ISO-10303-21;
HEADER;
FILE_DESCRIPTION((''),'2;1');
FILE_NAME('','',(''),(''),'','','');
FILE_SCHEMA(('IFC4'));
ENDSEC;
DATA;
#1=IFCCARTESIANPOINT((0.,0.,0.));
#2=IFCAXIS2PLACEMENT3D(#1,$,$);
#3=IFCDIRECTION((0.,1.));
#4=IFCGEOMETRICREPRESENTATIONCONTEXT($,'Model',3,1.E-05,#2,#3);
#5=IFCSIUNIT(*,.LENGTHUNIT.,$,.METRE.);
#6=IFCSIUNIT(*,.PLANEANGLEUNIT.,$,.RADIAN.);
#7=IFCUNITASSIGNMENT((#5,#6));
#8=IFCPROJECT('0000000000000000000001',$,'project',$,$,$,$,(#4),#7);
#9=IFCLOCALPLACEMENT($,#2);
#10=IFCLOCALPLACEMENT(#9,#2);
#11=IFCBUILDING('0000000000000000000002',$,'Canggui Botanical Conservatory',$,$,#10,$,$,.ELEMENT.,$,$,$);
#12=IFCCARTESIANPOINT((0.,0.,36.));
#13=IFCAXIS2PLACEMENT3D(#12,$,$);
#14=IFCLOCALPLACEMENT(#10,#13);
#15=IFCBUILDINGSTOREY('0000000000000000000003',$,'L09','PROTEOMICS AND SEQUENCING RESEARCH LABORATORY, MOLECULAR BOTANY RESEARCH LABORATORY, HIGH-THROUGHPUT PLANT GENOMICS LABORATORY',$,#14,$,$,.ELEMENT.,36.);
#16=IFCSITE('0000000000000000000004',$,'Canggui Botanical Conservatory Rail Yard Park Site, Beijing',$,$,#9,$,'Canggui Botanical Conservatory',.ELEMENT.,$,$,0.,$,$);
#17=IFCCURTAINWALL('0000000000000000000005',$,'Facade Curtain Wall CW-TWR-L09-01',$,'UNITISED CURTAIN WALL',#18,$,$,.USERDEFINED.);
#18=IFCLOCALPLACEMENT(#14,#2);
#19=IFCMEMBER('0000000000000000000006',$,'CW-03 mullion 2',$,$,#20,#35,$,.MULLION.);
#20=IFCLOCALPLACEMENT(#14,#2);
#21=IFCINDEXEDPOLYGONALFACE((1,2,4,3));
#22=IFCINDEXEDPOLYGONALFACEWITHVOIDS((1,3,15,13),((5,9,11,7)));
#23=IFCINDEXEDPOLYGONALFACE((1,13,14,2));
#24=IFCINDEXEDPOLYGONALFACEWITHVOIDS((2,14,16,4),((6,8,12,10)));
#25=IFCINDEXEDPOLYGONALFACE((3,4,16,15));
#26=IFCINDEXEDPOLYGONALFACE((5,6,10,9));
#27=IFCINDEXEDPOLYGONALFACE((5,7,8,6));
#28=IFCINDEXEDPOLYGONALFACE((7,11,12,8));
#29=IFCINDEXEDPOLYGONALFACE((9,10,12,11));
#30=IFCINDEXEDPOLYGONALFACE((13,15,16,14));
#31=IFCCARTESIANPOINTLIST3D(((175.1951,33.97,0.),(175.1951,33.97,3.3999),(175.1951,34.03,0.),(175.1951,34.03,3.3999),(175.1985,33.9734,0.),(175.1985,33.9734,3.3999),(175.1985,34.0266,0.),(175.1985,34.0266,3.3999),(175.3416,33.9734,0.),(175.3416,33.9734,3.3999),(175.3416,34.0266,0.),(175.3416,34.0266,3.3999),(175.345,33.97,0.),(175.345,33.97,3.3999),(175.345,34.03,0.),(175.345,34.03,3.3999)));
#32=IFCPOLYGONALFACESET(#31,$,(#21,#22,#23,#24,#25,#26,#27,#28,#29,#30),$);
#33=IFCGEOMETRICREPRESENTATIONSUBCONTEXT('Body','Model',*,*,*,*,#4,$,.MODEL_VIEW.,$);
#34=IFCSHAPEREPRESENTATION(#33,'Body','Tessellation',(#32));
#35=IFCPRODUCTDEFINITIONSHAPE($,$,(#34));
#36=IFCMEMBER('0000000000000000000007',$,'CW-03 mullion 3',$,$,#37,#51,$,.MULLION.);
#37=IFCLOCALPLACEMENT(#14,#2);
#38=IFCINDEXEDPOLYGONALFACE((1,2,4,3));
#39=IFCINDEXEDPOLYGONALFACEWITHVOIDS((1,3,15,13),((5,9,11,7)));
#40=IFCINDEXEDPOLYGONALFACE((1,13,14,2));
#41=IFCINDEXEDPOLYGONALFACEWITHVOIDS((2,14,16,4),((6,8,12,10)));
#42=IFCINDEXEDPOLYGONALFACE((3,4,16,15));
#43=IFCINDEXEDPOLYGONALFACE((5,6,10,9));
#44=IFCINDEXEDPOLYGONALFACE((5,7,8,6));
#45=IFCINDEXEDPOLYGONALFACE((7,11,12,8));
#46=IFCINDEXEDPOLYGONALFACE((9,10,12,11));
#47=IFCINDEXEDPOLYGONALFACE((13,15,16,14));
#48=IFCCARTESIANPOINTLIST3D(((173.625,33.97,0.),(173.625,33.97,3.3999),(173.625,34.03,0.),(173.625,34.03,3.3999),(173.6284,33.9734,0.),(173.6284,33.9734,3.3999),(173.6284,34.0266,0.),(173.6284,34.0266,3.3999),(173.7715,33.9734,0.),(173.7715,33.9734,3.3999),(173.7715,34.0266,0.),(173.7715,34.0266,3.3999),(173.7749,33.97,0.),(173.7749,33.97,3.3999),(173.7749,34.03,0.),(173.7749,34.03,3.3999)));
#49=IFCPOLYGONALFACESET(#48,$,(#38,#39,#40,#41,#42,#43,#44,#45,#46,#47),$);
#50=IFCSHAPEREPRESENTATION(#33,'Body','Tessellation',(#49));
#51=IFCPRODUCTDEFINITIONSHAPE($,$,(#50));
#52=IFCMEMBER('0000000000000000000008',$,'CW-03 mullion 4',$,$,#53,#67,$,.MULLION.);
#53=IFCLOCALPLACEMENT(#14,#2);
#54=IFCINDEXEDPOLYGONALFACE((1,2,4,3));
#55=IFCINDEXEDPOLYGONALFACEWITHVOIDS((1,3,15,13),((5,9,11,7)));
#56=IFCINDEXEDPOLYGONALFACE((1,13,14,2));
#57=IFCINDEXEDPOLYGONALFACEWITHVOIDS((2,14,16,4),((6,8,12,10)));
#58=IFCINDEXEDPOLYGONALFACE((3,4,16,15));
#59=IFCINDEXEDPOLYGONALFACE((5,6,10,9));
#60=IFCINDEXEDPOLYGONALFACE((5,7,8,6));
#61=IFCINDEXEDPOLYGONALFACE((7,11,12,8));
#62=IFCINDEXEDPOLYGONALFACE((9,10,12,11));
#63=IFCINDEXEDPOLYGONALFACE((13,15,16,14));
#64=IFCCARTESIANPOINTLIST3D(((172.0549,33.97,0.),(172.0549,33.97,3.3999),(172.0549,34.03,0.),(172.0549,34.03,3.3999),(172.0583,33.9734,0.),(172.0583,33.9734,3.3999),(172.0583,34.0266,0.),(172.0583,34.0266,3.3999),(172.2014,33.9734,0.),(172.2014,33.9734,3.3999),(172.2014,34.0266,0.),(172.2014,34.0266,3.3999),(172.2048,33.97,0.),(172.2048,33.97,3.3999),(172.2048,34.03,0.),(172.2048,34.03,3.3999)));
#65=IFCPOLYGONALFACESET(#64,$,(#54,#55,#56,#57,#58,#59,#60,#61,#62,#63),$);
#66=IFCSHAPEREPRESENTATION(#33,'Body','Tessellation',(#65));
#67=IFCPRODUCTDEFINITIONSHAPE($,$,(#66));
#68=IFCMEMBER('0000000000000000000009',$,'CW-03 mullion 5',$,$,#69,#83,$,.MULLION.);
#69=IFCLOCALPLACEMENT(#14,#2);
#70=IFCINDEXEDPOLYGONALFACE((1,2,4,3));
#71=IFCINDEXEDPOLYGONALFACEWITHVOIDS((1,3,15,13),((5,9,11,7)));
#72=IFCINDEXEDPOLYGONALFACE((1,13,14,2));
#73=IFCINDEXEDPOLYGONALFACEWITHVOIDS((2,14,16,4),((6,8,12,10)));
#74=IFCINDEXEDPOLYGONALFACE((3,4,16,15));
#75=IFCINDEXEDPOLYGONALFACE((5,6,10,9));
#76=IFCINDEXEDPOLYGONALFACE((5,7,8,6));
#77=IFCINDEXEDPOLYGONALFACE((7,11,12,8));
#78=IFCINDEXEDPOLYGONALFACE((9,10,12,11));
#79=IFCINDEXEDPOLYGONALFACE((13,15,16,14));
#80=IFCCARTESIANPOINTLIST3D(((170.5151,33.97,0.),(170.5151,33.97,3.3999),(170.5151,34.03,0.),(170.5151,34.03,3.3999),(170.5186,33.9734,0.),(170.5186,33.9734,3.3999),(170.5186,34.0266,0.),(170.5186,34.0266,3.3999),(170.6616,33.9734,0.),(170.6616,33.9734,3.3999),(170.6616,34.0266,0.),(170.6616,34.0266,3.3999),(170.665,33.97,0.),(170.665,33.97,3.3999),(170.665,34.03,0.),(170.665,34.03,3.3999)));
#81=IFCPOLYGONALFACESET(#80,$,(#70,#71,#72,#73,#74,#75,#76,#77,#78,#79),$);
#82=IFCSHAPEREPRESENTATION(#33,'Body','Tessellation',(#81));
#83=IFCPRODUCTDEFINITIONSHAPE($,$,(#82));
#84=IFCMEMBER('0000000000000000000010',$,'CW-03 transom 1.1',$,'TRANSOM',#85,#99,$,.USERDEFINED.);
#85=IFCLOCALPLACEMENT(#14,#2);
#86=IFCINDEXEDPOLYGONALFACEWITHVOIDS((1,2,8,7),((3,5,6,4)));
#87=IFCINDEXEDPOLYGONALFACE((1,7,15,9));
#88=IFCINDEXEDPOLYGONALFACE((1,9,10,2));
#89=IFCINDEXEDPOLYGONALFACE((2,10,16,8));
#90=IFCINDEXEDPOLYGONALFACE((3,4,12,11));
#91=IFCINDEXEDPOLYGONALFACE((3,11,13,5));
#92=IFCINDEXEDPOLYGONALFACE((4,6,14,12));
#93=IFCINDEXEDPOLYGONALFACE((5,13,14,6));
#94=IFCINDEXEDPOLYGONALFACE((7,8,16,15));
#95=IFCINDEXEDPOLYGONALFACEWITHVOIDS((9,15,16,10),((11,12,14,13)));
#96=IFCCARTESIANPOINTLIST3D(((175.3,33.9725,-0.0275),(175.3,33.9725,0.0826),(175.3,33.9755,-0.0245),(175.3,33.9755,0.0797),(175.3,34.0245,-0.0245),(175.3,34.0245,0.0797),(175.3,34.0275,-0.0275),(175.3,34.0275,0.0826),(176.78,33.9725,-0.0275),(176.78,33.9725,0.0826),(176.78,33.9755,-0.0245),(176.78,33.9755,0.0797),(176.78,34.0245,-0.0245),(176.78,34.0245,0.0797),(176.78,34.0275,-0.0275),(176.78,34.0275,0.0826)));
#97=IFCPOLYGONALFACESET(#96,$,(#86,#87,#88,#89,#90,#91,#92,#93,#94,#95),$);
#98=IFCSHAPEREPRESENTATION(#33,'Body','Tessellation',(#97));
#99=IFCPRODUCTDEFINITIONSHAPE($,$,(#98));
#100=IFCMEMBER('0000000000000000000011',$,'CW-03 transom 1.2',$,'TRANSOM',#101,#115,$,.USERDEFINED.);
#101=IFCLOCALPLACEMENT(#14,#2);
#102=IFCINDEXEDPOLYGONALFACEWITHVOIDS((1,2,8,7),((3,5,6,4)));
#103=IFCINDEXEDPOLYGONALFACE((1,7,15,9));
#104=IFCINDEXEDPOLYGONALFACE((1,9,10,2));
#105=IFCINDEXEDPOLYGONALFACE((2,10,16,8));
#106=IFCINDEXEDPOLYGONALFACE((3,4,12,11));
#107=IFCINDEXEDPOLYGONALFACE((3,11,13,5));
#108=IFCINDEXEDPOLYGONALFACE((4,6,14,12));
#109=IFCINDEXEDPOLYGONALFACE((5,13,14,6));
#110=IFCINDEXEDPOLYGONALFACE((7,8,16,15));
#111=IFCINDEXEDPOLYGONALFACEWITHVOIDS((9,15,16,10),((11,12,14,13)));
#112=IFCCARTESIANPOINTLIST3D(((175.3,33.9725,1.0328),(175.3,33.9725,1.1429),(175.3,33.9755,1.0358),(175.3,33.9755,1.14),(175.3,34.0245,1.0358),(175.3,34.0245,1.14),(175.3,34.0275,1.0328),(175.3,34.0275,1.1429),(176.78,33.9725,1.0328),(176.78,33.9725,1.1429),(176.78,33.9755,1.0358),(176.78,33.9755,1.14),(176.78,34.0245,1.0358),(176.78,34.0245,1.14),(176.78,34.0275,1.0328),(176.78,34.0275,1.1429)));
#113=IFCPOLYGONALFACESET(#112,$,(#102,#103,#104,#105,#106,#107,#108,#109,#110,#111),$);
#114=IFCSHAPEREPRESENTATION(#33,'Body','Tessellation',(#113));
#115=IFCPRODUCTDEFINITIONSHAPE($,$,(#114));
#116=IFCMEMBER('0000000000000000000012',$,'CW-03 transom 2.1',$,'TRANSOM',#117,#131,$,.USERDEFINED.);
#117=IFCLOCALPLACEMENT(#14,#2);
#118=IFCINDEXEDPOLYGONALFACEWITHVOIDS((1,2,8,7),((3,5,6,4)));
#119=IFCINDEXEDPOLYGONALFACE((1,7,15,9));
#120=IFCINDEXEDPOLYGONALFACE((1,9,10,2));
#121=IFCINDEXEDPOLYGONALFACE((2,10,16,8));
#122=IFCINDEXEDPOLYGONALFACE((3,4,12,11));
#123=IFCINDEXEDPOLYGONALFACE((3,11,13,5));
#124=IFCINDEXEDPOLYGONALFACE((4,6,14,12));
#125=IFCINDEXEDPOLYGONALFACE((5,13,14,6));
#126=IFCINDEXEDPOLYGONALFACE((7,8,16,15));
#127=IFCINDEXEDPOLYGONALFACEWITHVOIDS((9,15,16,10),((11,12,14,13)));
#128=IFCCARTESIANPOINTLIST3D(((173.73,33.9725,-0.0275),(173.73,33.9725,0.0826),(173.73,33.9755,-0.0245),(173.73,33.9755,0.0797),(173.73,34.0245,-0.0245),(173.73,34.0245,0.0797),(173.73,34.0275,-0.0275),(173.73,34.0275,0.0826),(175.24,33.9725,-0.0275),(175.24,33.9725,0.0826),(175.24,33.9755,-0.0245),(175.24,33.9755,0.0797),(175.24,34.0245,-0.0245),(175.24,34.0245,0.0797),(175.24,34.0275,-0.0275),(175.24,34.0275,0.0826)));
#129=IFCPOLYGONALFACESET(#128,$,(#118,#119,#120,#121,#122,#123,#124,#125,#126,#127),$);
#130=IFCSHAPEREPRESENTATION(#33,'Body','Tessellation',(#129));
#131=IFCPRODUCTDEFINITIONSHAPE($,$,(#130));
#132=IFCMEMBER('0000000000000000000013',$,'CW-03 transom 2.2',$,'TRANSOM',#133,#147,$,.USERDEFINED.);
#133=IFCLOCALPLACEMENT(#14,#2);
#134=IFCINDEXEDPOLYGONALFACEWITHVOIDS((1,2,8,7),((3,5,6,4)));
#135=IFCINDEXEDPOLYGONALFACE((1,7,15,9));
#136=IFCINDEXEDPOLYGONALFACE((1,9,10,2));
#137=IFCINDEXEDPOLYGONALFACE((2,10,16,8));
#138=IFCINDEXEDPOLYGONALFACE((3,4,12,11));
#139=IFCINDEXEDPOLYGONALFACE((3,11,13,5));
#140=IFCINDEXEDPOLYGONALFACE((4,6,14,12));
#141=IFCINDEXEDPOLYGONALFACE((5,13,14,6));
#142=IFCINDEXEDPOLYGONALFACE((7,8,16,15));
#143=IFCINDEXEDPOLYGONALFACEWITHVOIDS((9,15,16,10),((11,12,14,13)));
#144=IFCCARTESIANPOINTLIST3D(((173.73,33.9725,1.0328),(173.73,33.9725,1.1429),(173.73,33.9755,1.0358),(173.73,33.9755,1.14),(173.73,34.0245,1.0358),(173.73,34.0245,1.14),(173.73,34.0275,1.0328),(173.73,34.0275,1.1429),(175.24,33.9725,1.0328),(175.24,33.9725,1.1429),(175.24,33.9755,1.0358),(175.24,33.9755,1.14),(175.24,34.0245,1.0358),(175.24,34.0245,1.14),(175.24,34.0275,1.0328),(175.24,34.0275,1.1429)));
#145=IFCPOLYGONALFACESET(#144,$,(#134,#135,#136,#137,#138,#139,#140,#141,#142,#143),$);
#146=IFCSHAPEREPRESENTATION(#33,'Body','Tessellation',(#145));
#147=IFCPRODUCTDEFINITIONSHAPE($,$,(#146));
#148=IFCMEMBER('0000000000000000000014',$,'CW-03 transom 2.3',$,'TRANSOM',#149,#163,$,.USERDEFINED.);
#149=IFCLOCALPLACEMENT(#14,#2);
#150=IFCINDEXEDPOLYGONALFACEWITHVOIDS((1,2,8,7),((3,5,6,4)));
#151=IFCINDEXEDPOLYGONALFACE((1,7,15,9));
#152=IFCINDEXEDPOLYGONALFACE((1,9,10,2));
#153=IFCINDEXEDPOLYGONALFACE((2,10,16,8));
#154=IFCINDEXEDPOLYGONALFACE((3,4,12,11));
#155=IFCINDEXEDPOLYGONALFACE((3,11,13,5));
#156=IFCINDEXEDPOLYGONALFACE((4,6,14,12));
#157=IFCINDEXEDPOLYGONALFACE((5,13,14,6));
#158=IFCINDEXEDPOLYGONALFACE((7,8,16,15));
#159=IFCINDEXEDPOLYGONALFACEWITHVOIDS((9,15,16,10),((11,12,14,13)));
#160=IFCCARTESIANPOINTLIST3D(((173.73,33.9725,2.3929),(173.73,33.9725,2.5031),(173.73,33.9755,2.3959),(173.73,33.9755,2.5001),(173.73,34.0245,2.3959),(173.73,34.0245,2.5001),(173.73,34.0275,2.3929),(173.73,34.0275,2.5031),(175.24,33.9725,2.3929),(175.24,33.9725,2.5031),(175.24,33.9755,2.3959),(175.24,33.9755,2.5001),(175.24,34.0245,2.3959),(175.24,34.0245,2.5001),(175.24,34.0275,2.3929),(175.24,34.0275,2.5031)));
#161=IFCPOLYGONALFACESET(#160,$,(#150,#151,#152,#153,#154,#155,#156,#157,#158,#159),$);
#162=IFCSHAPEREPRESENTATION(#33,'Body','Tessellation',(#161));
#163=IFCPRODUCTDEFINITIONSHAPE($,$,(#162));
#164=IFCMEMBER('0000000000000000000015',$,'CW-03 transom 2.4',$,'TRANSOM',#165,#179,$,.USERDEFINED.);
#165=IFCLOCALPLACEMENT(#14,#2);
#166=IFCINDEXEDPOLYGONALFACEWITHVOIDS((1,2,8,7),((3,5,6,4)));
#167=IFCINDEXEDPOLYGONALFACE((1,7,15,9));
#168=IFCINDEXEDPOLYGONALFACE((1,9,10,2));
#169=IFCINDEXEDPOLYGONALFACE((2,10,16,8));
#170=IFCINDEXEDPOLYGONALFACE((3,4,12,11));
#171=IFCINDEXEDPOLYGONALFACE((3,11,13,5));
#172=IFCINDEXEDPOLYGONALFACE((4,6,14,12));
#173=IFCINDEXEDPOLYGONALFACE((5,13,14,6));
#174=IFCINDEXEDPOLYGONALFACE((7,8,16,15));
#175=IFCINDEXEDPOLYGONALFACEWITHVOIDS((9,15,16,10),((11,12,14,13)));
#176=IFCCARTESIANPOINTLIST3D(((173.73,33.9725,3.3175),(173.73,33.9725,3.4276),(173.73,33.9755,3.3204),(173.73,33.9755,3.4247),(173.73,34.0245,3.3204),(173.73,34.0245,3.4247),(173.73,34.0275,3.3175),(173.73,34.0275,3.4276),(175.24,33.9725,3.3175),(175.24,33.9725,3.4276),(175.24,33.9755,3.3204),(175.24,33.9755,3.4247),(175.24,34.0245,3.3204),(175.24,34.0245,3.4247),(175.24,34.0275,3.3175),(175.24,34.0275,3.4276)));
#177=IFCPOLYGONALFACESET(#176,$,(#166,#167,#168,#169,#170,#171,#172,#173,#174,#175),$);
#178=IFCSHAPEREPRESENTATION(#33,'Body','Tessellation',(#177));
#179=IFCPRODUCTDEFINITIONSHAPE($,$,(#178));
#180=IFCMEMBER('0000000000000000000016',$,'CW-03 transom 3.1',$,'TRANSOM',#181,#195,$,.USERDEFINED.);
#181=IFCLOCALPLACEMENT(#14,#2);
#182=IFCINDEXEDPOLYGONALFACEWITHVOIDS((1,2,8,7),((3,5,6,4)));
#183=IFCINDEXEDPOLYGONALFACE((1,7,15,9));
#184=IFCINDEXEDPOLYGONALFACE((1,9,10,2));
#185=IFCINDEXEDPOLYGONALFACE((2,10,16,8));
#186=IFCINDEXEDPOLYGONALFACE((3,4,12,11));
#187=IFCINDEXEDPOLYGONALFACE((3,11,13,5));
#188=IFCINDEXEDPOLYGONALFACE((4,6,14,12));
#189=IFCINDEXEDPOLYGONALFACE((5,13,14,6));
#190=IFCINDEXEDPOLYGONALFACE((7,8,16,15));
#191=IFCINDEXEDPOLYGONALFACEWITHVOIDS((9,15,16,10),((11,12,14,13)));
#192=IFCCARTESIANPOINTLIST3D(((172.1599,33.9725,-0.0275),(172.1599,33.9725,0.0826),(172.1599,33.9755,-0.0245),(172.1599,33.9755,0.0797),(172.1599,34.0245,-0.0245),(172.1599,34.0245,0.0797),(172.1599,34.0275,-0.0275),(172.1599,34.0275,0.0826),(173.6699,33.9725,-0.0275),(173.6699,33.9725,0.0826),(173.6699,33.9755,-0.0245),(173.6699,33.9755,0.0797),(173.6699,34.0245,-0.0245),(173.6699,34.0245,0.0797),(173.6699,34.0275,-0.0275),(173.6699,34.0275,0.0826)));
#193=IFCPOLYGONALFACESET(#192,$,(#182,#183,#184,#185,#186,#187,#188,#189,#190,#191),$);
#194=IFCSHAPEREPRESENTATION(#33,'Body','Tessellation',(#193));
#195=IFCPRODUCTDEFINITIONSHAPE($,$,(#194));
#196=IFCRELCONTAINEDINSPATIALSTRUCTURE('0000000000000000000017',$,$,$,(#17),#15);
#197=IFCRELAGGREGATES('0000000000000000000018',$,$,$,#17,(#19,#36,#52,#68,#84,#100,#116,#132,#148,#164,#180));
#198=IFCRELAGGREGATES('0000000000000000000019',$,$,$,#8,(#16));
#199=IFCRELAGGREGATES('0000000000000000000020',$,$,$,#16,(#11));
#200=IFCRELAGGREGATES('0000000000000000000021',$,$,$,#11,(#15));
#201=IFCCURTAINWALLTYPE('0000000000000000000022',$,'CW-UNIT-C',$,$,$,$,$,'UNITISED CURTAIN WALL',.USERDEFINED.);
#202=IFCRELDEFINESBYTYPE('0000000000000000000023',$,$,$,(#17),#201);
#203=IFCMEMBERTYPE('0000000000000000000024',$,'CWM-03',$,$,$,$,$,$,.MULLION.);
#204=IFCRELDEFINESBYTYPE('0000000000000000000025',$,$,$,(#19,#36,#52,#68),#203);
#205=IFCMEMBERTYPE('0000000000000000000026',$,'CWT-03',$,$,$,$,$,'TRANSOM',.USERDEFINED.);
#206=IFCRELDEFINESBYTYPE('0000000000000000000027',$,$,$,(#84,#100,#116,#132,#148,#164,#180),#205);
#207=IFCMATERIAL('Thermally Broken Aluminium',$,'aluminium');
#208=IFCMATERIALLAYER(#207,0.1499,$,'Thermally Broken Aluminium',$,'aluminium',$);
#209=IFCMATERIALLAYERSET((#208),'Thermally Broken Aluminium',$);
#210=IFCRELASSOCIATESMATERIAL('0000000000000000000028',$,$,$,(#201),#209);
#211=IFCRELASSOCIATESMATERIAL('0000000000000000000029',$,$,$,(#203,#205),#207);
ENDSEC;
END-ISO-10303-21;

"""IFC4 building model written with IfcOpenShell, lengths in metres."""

from ifc_helpers import new_model, si_unit, direction, frame, origin, origin_2d, place, context, subcontext, project, spatial, hollow_rectangle, extrude, material, layer, layer_set, material_profile, profile_set, type_object, element, aggregate, save


model = new_model("IFC4")

# Units and contexts
model_context = context("Model", 3, precision=1e-05, world=origin(), true_north=direction((0.0, 1.0)))
body_context = subcontext(model_context, "Body", "Model", "MODEL_VIEW")
ifc_project = project(units=[si_unit("LENGTHUNIT", "METRE"), si_unit("PLANEANGLEUNIT", "RADIAN")], contexts=[model_context])

# Site, building, storey
site_placement = place(None, origin())
site = spatial("IfcSite", under=ifc_project, at=site_placement, Name="Canggui Botanical Conservatory Rail Yard Park Site, Beijing", LongName="Canggui Botanical Conservatory", CompositionType="ELEMENT", RefElevation=0.0)
building_placement = place(site_placement, origin())
building = spatial("IfcBuilding", under=site, at=building_placement, Name="Canggui Botanical Conservatory", CompositionType="ELEMENT")
storey_placement = place(building_placement, frame((0.0, 0.0, 36.0)))
storey = spatial("IfcBuildingStorey", under=building, at=storey_placement, Name="L09", Description="PROTEOMICS AND SEQUENCING RESEARCH LABORATORY, MOLECULAR BOTANY RESEARCH LABORATORY, HIGH-THROUGHPUT PLANT GENOMICS LABORATORY", CompositionType="ELEMENT", Elevation=36.0)

# Curtain wall, members
ifc_material_1 = material(Name="Thermally Broken Aluminium", Category="aluminium")
ifc_layer_1 = layer(ifc_material_1, 0.1499, Name="Thermally Broken Aluminium", Category="aluminium")
ifc_layer_set_1 = layer_set([ifc_layer_1], Name="Thermally Broken Aluminium")
curtain_wall_type = type_object("IfcCurtainWallType", Name="CW-UNIT-C", ElementType="UNITISED CURTAIN WALL", PredefinedType="USERDEFINED", material=ifc_layer_set_1)
curtain_wall_placement = place(storey_placement, origin())
curtain_wall = element("IfcCurtainWall", 1, at=curtain_wall_placement, inside=storey, type_object=curtain_wall_type, Name="Facade Curtain Wall CW-TWR-L09-01", ObjectType="UNITISED CURTAIN WALL", PredefinedType="USERDEFINED")
ifc_material_profile_1 = material_profile(ifc_material_1, hollow_rectangle(XDim=0.0601, YDim=0.1499, WallThickness=0.0034, at=origin_2d()), Name="CWM 60x150x3.5")
ifc_profile_set_1 = profile_set([ifc_material_profile_1], Name="Thermally Broken Aluminium")
member_type_1 = type_object("IfcMemberType", Name="CWM-03", PredefinedType="MULLION", material=ifc_profile_set_1)
member_1_placement = place(storey_placement, frame((175.27, 34.0, 0.0), z_axis=(0.0, 0.0, 1.0), x_axis=(0.0, -1.0, 0.0)))
member_1 = element("IfcMember", 2, at=member_1_placement, type_object=member_type_1, Name="CW-03 mullion 2", PredefinedType="MULLION", context=body_context, shape_type="SweptSolid", body=[
    extrude(hollow_rectangle(XDim=0.0601, YDim=0.1499, WallThickness=0.0034, at=origin_2d()), origin(), (0.0, 0.0, 1.0), 3.3999),
])
member_2_placement = place(storey_placement, frame((173.7, 34.0, 0.0), z_axis=(0.0, 0.0, 1.0), x_axis=(0.0, -1.0, 0.0)))
member_2 = element("IfcMember", 3, at=member_2_placement, type_object=member_type_1, Name="CW-03 mullion 3", PredefinedType="MULLION", context=body_context, shape_type="SweptSolid", body=[
    extrude(hollow_rectangle(XDim=0.0601, YDim=0.1499, WallThickness=0.0034, at=origin_2d()), origin(), (0.0, 0.0, 1.0), 3.3999),
])
member_3_placement = place(storey_placement, frame((172.1299, 34.0, 0.0), z_axis=(0.0, 0.0, 1.0), x_axis=(0.0, -1.0, 0.0)))
member_3 = element("IfcMember", 4, at=member_3_placement, type_object=member_type_1, Name="CW-03 mullion 4", PredefinedType="MULLION", context=body_context, shape_type="SweptSolid", body=[
    extrude(hollow_rectangle(XDim=0.0601, YDim=0.1499, WallThickness=0.0034, at=origin_2d()), origin(), (0.0, 0.0, 1.0), 3.3999),
])
member_4_placement = place(storey_placement, frame((170.5901, 34.0, 0.0), z_axis=(0.0, 0.0, 1.0), x_axis=(0.0, -1.0, 0.0)))
member_4 = element("IfcMember", 5, at=member_4_placement, type_object=member_type_1, Name="CW-03 mullion 5", PredefinedType="MULLION", context=body_context, shape_type="SweptSolid", body=[
    extrude(hollow_rectangle(XDim=0.0601, YDim=0.1499, WallThickness=0.0034, at=origin_2d()), origin(), (0.0, 0.0, 1.0), 3.3999),
])
ifc_material_profile_2 = material_profile(ifc_material_1, hollow_rectangle(XDim=0.0549, YDim=0.1101, WallThickness=0.0029, at=origin_2d()), Name="CWT 55x110x3")
ifc_profile_set_2 = profile_set([ifc_material_profile_2], Name="Thermally Broken Aluminium")
member_type_2 = type_object("IfcMemberType", Name="CWT-03", ElementType="TRANSOM", PredefinedType="USERDEFINED", material=ifc_profile_set_2)
member_5_placement = place(storey_placement, frame((176.78, 34.0, 0.0276), z_axis=(-1.0, 0.0, 0.0), x_axis=(0.0, -1.0, 0.0)))
member_5 = element("IfcMember", 6, at=member_5_placement, type_object=member_type_2, Name="CW-03 transom 1.1", ObjectType="TRANSOM", PredefinedType="USERDEFINED", context=body_context, shape_type="SweptSolid", body=[
    extrude(hollow_rectangle(XDim=0.0549, YDim=0.1101, WallThickness=0.0029, at=origin_2d()), origin(), (0.0, 0.0, 1.0), 1.48),
])
member_6_placement = place(storey_placement, frame((176.78, 34.0, 1.0879), z_axis=(-1.0, 0.0, 0.0), x_axis=(0.0, -1.0, 0.0)))
member_6 = element("IfcMember", 7, at=member_6_placement, type_object=member_type_2, Name="CW-03 transom 1.2", ObjectType="TRANSOM", PredefinedType="USERDEFINED", context=body_context, shape_type="SweptSolid", body=[
    extrude(hollow_rectangle(XDim=0.0549, YDim=0.1101, WallThickness=0.0029, at=origin_2d()), origin(), (0.0, 0.0, 1.0), 1.48),
])
member_7_placement = place(storey_placement, frame((175.24, 34.0, 0.0276), z_axis=(-1.0, 0.0, 0.0), x_axis=(0.0, -1.0, 0.0)))
member_7 = element("IfcMember", 8, at=member_7_placement, type_object=member_type_2, Name="CW-03 transom 2.1", ObjectType="TRANSOM", PredefinedType="USERDEFINED", context=body_context, shape_type="SweptSolid", body=[
    extrude(hollow_rectangle(XDim=0.0549, YDim=0.1101, WallThickness=0.0029, at=origin_2d()), origin(), (0.0, 0.0, 1.0), 1.51),
])
member_8_placement = place(storey_placement, frame((175.24, 34.0, 1.0879), z_axis=(-1.0, 0.0, 0.0), x_axis=(0.0, -1.0, 0.0)))
member_8 = element("IfcMember", 9, at=member_8_placement, type_object=member_type_2, Name="CW-03 transom 2.2", ObjectType="TRANSOM", PredefinedType="USERDEFINED", context=body_context, shape_type="SweptSolid", body=[
    extrude(hollow_rectangle(XDim=0.0549, YDim=0.1101, WallThickness=0.0029, at=origin_2d()), origin(), (0.0, 0.0, 1.0), 1.51),
])
member_9_placement = place(storey_placement, frame((175.24, 34.0, 2.448), z_axis=(-1.0, 0.0, 0.0), x_axis=(0.0, -1.0, 0.0)))
member_9 = element("IfcMember", 10, at=member_9_placement, type_object=member_type_2, Name="CW-03 transom 2.3", ObjectType="TRANSOM", PredefinedType="USERDEFINED", context=body_context, shape_type="SweptSolid", body=[
    extrude(hollow_rectangle(XDim=0.0549, YDim=0.1101, WallThickness=0.0029, at=origin_2d()), origin(), (0.0, 0.0, 1.0), 1.51),
])
member_10_placement = place(storey_placement, frame((175.24, 34.0, 3.3726), z_axis=(-1.0, 0.0, 0.0), x_axis=(0.0, -1.0, 0.0)))
member_10 = element("IfcMember", 11, at=member_10_placement, type_object=member_type_2, Name="CW-03 transom 2.4", ObjectType="TRANSOM", PredefinedType="USERDEFINED", context=body_context, shape_type="SweptSolid", body=[
    extrude(hollow_rectangle(XDim=0.0549, YDim=0.1101, WallThickness=0.0029, at=origin_2d()), origin(), (0.0, 0.0, 1.0), 1.51),
])
member_11_placement = place(storey_placement, frame((173.6699, 34.0, 0.0276), z_axis=(-1.0, 0.0, 0.0), x_axis=(0.0, -1.0, 0.0)))
member_11 = element("IfcMember", 12, at=member_11_placement, type_object=member_type_2, Name="CW-03 transom 3.1", ObjectType="TRANSOM", PredefinedType="USERDEFINED", context=body_context, shape_type="SweptSolid", body=[
    extrude(hollow_rectangle(XDim=0.0549, YDim=0.1101, WallThickness=0.0029, at=origin_2d()), origin(), (0.0, 0.0, 1.0), 1.51),
])
aggregate(curtain_wall, [member_1, member_2, member_3, member_4, member_5, member_6, member_7, member_8, member_9, member_10, member_11])

save(model, "model.ifc")
